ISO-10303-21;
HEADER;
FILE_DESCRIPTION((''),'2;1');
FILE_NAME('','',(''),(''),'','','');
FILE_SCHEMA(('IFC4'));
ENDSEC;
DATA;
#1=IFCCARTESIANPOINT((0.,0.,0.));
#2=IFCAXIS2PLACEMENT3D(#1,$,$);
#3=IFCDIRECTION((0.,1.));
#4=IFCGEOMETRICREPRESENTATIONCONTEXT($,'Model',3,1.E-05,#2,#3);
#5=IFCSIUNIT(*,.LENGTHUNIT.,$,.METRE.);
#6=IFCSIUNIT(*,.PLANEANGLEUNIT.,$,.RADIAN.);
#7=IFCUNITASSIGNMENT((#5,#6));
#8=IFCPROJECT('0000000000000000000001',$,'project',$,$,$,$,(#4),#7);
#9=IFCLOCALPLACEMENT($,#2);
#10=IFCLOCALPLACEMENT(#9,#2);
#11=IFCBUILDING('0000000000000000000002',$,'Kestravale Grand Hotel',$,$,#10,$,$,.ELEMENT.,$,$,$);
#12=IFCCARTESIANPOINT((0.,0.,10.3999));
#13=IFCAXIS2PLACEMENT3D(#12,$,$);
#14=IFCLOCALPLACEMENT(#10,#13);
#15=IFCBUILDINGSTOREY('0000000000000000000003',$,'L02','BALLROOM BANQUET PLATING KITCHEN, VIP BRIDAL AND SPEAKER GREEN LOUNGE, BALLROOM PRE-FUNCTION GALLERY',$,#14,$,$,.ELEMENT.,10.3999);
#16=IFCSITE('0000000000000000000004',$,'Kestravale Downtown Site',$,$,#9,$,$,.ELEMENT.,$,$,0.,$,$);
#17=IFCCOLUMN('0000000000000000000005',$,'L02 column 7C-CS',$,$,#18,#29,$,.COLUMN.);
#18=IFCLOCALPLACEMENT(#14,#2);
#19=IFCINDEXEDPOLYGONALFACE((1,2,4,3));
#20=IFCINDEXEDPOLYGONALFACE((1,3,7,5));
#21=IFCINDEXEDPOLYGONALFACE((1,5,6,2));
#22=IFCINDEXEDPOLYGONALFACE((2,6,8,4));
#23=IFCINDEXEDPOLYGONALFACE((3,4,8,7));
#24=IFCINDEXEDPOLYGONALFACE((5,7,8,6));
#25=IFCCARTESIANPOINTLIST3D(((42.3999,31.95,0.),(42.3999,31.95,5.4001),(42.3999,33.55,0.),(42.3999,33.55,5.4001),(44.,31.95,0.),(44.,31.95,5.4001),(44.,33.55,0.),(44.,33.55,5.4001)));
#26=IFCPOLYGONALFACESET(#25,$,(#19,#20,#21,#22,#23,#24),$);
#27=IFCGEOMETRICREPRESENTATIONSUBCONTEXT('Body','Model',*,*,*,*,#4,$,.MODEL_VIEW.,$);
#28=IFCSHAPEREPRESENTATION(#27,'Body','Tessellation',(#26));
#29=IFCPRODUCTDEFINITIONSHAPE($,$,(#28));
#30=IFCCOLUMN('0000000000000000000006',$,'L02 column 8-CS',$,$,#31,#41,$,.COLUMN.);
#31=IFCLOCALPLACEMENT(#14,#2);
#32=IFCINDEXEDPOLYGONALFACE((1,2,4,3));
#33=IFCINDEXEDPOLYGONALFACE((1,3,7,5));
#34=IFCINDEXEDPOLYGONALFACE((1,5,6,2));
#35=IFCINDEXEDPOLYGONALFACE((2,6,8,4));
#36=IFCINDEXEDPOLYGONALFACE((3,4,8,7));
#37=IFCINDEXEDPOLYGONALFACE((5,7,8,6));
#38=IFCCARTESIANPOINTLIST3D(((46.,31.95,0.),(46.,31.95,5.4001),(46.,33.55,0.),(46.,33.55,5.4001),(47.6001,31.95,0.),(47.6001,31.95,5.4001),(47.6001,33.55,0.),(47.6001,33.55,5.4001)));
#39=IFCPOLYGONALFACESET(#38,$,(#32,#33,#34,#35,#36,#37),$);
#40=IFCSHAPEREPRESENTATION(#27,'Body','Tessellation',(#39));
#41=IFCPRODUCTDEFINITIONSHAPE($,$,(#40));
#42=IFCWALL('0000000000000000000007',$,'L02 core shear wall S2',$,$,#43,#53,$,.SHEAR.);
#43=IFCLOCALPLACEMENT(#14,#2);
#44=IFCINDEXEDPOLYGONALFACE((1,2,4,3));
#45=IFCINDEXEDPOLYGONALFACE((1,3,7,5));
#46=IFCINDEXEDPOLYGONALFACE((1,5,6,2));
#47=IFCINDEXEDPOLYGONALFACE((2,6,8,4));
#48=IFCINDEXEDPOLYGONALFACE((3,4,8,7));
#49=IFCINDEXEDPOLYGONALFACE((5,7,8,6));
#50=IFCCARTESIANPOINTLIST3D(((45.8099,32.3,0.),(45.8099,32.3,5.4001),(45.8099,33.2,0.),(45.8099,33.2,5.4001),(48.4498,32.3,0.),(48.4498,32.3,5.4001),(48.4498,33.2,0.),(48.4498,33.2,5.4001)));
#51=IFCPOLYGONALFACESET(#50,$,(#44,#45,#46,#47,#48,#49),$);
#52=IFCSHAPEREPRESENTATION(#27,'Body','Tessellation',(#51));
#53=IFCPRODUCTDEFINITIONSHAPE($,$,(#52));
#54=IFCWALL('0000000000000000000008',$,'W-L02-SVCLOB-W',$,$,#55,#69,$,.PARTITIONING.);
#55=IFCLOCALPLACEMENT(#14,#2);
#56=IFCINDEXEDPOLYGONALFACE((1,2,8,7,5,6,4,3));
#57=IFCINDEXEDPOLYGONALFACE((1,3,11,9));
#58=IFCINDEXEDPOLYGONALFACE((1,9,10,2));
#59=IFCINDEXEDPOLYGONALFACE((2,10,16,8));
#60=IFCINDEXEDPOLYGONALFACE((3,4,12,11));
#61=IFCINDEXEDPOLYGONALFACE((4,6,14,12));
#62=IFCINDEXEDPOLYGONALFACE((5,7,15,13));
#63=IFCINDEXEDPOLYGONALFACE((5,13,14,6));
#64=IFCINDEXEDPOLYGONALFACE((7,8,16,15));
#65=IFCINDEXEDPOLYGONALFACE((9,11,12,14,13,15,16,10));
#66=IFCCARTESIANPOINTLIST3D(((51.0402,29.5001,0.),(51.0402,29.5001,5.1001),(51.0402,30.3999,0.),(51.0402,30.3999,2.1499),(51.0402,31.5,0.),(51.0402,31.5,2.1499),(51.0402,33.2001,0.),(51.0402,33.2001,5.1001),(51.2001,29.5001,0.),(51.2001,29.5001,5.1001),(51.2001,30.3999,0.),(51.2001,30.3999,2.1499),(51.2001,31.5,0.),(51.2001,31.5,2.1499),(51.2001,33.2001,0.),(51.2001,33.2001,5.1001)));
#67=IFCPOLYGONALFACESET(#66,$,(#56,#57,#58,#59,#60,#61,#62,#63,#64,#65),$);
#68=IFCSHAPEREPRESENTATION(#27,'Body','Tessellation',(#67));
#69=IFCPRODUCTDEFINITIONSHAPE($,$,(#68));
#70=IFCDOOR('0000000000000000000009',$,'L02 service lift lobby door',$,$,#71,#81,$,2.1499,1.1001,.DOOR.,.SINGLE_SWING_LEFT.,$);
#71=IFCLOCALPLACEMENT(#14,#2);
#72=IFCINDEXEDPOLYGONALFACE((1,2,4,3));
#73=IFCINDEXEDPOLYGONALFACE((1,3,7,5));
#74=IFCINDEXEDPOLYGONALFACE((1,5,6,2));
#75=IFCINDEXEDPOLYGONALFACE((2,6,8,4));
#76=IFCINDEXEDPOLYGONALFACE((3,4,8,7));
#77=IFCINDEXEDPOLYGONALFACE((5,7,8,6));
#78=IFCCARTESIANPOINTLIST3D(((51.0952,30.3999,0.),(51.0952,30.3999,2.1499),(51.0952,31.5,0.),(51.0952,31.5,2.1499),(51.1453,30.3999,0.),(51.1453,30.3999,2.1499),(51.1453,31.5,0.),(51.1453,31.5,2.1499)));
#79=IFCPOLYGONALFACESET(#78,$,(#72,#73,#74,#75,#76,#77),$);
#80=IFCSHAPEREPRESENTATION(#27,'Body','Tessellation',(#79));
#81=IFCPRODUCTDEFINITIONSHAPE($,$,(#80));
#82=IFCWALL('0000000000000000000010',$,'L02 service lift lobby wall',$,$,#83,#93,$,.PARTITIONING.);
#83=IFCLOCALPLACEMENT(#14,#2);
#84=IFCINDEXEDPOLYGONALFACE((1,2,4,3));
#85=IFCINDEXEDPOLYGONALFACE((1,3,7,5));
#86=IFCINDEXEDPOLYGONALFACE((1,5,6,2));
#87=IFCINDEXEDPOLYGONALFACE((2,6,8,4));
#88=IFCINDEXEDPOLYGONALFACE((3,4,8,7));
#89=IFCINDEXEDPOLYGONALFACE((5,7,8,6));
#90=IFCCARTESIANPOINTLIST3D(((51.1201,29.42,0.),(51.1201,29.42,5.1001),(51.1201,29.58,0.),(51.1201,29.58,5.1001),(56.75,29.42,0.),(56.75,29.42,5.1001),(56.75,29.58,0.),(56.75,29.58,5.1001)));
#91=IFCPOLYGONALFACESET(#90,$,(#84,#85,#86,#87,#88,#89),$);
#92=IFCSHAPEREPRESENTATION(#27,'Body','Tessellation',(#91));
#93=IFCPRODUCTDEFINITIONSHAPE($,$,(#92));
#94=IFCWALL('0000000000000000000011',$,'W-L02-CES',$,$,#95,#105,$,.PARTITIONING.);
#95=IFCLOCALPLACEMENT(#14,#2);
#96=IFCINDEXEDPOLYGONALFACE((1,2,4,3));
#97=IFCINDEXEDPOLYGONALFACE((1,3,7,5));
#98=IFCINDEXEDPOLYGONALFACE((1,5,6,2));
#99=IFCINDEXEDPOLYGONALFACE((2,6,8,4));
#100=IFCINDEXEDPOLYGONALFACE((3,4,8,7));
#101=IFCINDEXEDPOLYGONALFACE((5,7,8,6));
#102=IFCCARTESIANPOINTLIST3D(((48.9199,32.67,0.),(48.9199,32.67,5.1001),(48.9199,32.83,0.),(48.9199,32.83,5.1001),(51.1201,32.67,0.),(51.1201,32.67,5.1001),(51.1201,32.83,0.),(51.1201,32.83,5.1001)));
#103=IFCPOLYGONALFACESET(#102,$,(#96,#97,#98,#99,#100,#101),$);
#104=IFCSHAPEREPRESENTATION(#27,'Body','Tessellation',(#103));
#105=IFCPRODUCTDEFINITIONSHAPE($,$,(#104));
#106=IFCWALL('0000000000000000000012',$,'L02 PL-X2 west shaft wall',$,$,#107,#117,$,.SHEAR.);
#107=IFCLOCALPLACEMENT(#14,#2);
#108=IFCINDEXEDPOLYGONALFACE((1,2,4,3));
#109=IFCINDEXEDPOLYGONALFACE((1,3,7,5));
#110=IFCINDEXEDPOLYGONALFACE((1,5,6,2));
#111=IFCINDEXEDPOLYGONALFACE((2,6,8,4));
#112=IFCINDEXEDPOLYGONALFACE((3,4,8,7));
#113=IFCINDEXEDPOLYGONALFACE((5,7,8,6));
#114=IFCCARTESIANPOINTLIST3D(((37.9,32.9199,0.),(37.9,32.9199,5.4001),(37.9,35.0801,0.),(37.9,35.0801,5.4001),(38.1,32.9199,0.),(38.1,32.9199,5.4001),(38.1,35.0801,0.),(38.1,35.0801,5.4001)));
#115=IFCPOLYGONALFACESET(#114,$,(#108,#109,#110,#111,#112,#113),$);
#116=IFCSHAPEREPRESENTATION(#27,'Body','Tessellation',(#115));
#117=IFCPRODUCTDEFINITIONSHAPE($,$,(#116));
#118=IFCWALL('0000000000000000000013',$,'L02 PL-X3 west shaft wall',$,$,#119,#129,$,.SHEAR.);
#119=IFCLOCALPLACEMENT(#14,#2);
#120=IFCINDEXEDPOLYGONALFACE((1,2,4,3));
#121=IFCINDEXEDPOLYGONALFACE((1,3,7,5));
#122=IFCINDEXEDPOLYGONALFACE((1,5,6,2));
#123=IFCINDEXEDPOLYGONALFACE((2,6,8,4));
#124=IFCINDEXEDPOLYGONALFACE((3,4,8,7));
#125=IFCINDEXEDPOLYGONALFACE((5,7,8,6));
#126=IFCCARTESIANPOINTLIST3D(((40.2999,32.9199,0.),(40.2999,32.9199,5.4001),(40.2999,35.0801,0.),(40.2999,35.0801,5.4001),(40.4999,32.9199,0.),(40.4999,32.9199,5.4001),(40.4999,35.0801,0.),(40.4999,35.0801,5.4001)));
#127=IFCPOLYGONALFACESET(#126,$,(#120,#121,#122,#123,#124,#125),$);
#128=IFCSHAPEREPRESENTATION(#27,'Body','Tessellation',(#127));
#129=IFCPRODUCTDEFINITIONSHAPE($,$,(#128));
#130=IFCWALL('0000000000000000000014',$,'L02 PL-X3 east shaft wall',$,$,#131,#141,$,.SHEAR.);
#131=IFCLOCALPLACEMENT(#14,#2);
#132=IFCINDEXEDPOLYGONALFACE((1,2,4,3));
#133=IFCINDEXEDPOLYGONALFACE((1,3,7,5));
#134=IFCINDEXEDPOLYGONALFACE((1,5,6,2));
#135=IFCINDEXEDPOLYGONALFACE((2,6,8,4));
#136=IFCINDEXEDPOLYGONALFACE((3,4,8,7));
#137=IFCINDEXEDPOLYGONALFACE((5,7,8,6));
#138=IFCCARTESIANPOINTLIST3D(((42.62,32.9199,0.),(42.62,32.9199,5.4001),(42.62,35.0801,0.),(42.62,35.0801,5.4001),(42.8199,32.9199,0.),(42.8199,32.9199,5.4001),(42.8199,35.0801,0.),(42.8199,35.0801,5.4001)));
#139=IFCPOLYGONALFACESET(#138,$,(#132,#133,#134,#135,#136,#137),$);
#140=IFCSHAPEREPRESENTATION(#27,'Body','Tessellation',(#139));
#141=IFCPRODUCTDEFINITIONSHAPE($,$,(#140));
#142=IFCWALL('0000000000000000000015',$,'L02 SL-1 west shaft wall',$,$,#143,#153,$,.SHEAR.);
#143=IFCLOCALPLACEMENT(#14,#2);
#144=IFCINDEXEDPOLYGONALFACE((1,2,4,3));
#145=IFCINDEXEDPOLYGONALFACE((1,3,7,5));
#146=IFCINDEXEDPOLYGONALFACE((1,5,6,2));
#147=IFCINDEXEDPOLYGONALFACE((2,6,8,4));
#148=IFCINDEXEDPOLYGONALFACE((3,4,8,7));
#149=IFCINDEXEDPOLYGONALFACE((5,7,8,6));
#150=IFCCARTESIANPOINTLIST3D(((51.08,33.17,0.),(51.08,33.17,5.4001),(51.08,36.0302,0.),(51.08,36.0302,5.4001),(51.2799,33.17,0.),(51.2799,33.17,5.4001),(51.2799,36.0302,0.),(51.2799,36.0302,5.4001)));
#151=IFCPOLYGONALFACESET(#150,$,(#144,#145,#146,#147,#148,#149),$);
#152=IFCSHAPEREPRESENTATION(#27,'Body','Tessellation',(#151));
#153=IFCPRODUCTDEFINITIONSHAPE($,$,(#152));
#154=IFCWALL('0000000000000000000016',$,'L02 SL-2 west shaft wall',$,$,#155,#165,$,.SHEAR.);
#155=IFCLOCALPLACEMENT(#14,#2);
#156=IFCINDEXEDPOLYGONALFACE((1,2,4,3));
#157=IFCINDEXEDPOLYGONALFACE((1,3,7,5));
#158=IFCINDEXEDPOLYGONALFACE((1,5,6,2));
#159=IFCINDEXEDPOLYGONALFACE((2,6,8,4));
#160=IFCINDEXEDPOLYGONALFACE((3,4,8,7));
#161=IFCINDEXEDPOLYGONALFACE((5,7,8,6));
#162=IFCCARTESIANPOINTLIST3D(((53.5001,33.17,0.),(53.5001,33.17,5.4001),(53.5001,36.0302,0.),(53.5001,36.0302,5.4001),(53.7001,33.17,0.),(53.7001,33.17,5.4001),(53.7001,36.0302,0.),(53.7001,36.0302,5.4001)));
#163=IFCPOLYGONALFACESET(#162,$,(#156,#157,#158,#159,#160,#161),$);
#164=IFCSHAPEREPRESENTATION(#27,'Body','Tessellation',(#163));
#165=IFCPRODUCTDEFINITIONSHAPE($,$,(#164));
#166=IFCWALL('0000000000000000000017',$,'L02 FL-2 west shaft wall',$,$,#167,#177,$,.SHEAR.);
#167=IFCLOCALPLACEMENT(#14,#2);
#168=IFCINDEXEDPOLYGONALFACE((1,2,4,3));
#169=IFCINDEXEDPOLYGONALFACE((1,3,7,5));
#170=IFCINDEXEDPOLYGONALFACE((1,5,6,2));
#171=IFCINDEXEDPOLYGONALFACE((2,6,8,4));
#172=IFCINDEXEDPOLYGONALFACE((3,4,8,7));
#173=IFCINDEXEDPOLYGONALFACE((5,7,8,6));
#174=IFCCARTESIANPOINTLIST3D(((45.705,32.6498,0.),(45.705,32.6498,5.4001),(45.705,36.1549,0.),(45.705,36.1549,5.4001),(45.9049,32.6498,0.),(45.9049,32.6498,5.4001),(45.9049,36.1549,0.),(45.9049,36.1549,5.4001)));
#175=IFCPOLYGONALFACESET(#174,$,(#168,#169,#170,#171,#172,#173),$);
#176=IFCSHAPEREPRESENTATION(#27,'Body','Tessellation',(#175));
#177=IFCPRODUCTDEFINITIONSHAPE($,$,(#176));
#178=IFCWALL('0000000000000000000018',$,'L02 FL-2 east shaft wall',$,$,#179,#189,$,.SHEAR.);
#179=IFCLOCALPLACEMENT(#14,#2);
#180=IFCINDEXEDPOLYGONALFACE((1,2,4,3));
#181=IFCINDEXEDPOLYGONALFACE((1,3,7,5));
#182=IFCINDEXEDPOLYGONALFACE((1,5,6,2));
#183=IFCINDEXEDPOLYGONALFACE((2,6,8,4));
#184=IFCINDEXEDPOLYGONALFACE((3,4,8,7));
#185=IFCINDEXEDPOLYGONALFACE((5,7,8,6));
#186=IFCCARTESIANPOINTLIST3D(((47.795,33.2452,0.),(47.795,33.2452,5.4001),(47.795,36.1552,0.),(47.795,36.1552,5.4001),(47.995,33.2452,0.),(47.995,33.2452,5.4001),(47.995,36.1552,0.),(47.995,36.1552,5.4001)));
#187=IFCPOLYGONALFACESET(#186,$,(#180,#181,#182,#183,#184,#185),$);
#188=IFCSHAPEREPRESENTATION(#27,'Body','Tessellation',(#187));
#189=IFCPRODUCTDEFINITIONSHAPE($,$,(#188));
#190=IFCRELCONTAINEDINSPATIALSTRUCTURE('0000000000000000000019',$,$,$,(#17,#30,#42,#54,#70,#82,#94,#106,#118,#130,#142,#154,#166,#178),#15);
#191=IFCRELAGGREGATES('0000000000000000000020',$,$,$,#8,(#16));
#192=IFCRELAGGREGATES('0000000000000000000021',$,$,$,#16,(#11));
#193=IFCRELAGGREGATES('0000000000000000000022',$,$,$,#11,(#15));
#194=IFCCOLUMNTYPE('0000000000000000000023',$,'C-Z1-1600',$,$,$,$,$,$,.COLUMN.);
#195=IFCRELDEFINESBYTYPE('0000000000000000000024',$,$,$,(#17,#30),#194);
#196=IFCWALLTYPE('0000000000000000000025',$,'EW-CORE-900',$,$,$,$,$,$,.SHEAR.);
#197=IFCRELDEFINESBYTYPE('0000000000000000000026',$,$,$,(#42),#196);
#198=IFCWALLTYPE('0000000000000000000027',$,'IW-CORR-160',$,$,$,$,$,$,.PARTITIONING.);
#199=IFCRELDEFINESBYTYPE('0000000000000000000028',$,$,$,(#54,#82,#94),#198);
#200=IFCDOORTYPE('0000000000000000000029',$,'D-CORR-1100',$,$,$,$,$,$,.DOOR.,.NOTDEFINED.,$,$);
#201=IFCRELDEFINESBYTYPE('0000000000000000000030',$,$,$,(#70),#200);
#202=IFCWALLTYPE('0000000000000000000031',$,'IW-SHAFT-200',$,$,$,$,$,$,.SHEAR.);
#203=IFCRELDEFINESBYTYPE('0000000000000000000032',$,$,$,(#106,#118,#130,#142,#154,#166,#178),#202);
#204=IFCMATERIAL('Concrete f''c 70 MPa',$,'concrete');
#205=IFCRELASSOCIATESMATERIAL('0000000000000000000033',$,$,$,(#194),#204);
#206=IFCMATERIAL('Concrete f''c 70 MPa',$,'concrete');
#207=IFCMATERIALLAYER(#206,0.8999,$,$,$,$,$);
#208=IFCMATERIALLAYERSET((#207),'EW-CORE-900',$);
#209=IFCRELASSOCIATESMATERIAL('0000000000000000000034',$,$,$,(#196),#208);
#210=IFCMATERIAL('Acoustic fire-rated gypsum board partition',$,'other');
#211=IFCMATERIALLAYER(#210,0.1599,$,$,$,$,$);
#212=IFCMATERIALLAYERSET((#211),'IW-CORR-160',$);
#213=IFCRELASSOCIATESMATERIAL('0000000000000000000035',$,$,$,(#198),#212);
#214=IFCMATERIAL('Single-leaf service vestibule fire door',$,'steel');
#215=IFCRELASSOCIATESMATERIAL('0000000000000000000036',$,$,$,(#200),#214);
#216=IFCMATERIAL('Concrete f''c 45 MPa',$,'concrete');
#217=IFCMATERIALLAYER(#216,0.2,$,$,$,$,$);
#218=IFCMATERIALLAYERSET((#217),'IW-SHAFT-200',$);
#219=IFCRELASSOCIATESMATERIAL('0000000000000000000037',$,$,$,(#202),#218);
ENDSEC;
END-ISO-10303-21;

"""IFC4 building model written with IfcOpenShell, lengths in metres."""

from ifc_helpers import new_model, si_unit, direction, frame, frame_2d, origin, origin_2d, place, context, subcontext, project, spatial, rectangle, extrude, material, layer, layer_set, material_profile, profile_set, type_object, element, fill, save


model = new_model("IFC4")

# Units and contexts
model_context = context("Model", 3, precision=1e-05, world=origin(), true_north=direction((0.0, 1.0)))
body_context = subcontext(model_context, "Body", "Model", "MODEL_VIEW")
ifc_project = project(units=[si_unit("LENGTHUNIT", "METRE"), si_unit("PLANEANGLEUNIT", "RADIAN")], contexts=[model_context])

# Site, building, storey
site_placement = place(None, origin())
site = spatial("IfcSite", under=ifc_project, at=site_placement, Name="Kestravale Downtown Site", CompositionType="ELEMENT", RefElevation=0.0)
building_placement = place(site_placement, origin())
building = spatial("IfcBuilding", under=site, at=building_placement, Name="Kestravale Grand Hotel", CompositionType="ELEMENT")
storey_placement = place(building_placement, frame((0.0, 0.0, 10.3999)))
storey = spatial("IfcBuildingStorey", under=building, at=storey_placement, Name="L02", Description="BALLROOM BANQUET PLATING KITCHEN, VIP BRIDAL AND SPEAKER GREEN LOUNGE, BALLROOM PRE-FUNCTION GALLERY", CompositionType="ELEMENT", Elevation=10.3999)

# Columns
ifc_material_1 = material(Name="Concrete f'c 70 MPa", Category="concrete")
ifc_material_profile = material_profile(ifc_material_1, rectangle(XDim=1.6001, YDim=1.6001, at=origin_2d()))
ifc_profile_set = profile_set([ifc_material_profile], Name="Concrete f'c 70 MPa")
column_type = type_object("IfcColumnType", Name="C-Z1-1600", PredefinedType="COLUMN", material=ifc_profile_set)
for number, where, z_axis, x_axis, name in (
    (1, (43.2, 32.75, 0.0), (0.0, 0.0, 1.0), (1.0, 0.0, 0.0), "L02 column 7C-CS"),
    (2, (46.8, 32.75, 0.0), (0.0, 0.0, 1.0), (1.0, 0.0, 0.0), "L02 column 8-CS"),
):
    element("IfcColumn", number, at=place(storey_placement, frame(where, z_axis=z_axis, x_axis=x_axis)), inside=storey, type_object=column_type, Name=name, PredefinedType="COLUMN", context=body_context, shape_type="SweptSolid", body=[
        extrude(rectangle(XDim=1.6001, YDim=1.6001, at=origin_2d()), origin(), (0.0, 0.0, 1.0), 5.4001),
    ])

# Wall
ifc_material_2 = material(Name="Concrete f'c 70 MPa", Category="concrete")
ifc_layer_1 = layer(ifc_material_2, 0.8999)
ifc_layer_set_1 = layer_set([ifc_layer_1], Name="EW-CORE-900")
wall_type_1 = type_object("IfcWallType", Name="EW-CORE-900", PredefinedType="SHEAR", material=ifc_layer_set_1)
wall_1_placement = place(storey_placement, frame((45.8101, 32.75, 0.0), z_axis=(0.0, 0.0, 1.0), x_axis=(1.0, 0.0, 0.0)))
element("IfcWall", 3, at=wall_1_placement, inside=storey, type_object=wall_type_1, Name="L02 core shear wall S2", PredefinedType="SHEAR", context=body_context, shape_type="SweptSolid", body=[
    extrude(rectangle(XDim=2.6399, YDim=0.8999, at=frame_2d((1.3198, 0.0))), origin(), (0.0, 0.0, 1.0), 5.4001),
])

# Wall, opening, door
ifc_material_3 = material(Name="Acoustic fire-rated gypsum board partition", Category="other")
ifc_layer_2 = layer(ifc_material_3, 0.1599)
ifc_layer_set_2 = layer_set([ifc_layer_2], Name="IW-CORR-160")
wall_type_2 = type_object("IfcWallType", Name="IW-CORR-160", PredefinedType="PARTITIONING", material=ifc_layer_set_2)
wall_2_placement = place(storey_placement, frame((51.1201, 29.5, 0.0), z_axis=(0.0, 0.0, 1.0), x_axis=(0.0, 1.0, 0.0)))
wall_2 = element("IfcWall", 4, at=wall_2_placement, inside=storey, type_object=wall_type_2, Name="W-L02-SVCLOB-W", PredefinedType="PARTITIONING", context=body_context, shape_type="SweptSolid", body=[
    extrude(rectangle(XDim=3.7, YDim=0.1599, at=frame_2d((1.8501, 0.0))), origin(), (0.0, 0.0, 1.0), 5.1001),
])
opening_1_placement = place(wall_2_placement, frame((0.8999, 0.0, 0.0)))
opening_1 = element("IfcOpeningElement", 5, at=opening_1_placement, cuts=wall_2, PredefinedType="OPENING", context=body_context, shape_type="SweptSolid", body=[
    extrude(rectangle(XDim=1.1001, YDim=2.1499, at=frame_2d((0.55, 1.075))), frame((0.0, 0.0898, 0.0), z_axis=(0.0, -1.0, 0.0), x_axis=(1.0, 0.0, 0.0)), (0.0, 0.0, 1.0), 0.1799),
])
ifc_material_4 = material(Name="Single-leaf service vestibule fire door", Category="steel")
door_type_1 = type_object("IfcDoorType", Name="D-CORR-1100", OperationType="NOTDEFINED", PredefinedType="DOOR", material=ifc_material_4)
door_1_placement = place(opening_1_placement, origin())
door_1 = element("IfcDoor", 6, at=door_1_placement, inside=storey, type_object=door_type_1, Name="L02 service lift lobby door", OperationType="SINGLE_SWING_LEFT", OverallHeight=2.1499, OverallWidth=1.1001, PredefinedType="DOOR", context=body_context, shape_type="SweptSolid", body=[
    extrude(rectangle(XDim=1.1001, YDim=2.1499, at=frame_2d((0.55, 1.075))), frame((0.0, 0.0249, 0.0), z_axis=(0.0, -1.0, 0.0), x_axis=(1.0, 0.0, 0.0)), (0.0, 0.0, 1.0), 0.05),
])
fill(opening_1, door_1)

# Walls
wall_3_placement = place(storey_placement, frame((51.1201, 29.5, 0.0), z_axis=(0.0, 0.0, 1.0), x_axis=(1.0, 0.0, 0.0)))
element("IfcWall", 7, at=wall_3_placement, inside=storey, type_object=wall_type_2, Name="L02 service lift lobby wall", PredefinedType="PARTITIONING", context=body_context, shape_type="SweptSolid", body=[
    extrude(rectangle(XDim=5.6299, YDim=0.1599, at=frame_2d((2.8149, 0.0))), origin(), (0.0, 0.0, 1.0), 5.1001),
])
wall_4_placement = place(storey_placement, frame((48.9199, 32.75, 0.0), z_axis=(0.0, 0.0, 1.0), x_axis=(1.0, 0.0, 0.0)))
element("IfcWall", 8, at=wall_4_placement, inside=storey, type_object=wall_type_2, Name="W-L02-CES", PredefinedType="PARTITIONING", context=body_context, shape_type="SweptSolid", body=[
    extrude(rectangle(XDim=2.2002, YDim=0.1599, at=frame_2d((1.1001, 0.0))), origin(), (0.0, 0.0, 1.0), 5.1001),
])
ifc_material_5 = material(Name="Concrete f'c 45 MPa", Category="concrete")
ifc_layer_3 = layer(ifc_material_5, 0.2)
ifc_layer_set_3 = layer_set([ifc_layer_3], Name="IW-SHAFT-200")
wall_type_3 = type_object("IfcWallType", Name="IW-SHAFT-200", PredefinedType="SHEAR", material=ifc_layer_set_3)
for number, where, z_axis, x_axis, name in (
    (9, (38.0, 32.9199, 0.0), (0.0, 0.0, 1.0), (0.0, 1.0, 0.0), "L02 PL-X2 west shaft wall"),
    (10, (40.3999, 32.9199, 0.0), (0.0, 0.0, 1.0), (0.0, 1.0, 0.0), "L02 PL-X3 west shaft wall"),
    (11, (42.72, 32.9199, 0.0), (0.0, 0.0, 1.0), (0.0, 1.0, 0.0), "L02 PL-X3 east shaft wall"),
):
    element("IfcWall", number, at=place(storey_placement, frame(where, z_axis=z_axis, x_axis=x_axis)), inside=storey, type_object=wall_type_3, Name=name, PredefinedType="SHEAR", context=body_context, shape_type="SweptSolid", body=[
        extrude(rectangle(XDim=2.1602, YDim=0.2, at=frame_2d((1.0801, 0.0))), origin(), (0.0, 0.0, 1.0), 5.4001),
    ])
for number, where, z_axis, x_axis, name in (
    (12, (51.1799, 33.1699, 0.0), (0.0, 0.0, 1.0), (0.0, 1.0, 0.0), "L02 SL-1 west shaft wall"),
    (13, (53.6001, 33.1699, 0.0), (0.0, 0.0, 1.0), (0.0, 1.0, 0.0), "L02 SL-2 west shaft wall"),
):
    element("IfcWall", number, at=place(storey_placement, frame(where, z_axis=z_axis, x_axis=x_axis)), inside=storey, type_object=wall_type_3, Name=name, PredefinedType="SHEAR", context=body_context, shape_type="SweptSolid", body=[
        extrude(rectangle(XDim=2.8601, YDim=0.2, at=frame_2d((1.4302, 0.0))), origin(), (0.0, 0.0, 1.0), 5.4001),
    ])
wall_5_placement = place(storey_placement, frame((45.8049, 32.6499, 0.0), z_axis=(0.0, 0.0, 1.0), x_axis=(0.0, 1.0, 0.0)))
element("IfcWall", 14, at=wall_5_placement, inside=storey, type_object=wall_type_3, Name="L02 FL-2 west shaft wall", PredefinedType="SHEAR", context=body_context, shape_type="SweptSolid", body=[
    extrude(rectangle(XDim=3.5051, YDim=0.2, at=frame_2d((1.7524, 0.0))), origin(), (0.0, 0.0, 1.0), 5.4001),
])
wall_6_placement = place(storey_placement, frame((47.895, 33.2451, 0.0), z_axis=(0.0, 0.0, 1.0), x_axis=(0.0, 1.0, 0.0)))
element("IfcWall", 15, at=wall_6_placement, inside=storey, type_object=wall_type_3, Name="L02 FL-2 east shaft wall", PredefinedType="SHEAR", context=body_context, shape_type="SweptSolid", body=[
    extrude(rectangle(XDim=2.9099, YDim=0.2, at=frame_2d((1.4551, 0.0))), origin(), (0.0, 0.0, 1.0), 5.4001),
])

save(model, "model.ifc")
